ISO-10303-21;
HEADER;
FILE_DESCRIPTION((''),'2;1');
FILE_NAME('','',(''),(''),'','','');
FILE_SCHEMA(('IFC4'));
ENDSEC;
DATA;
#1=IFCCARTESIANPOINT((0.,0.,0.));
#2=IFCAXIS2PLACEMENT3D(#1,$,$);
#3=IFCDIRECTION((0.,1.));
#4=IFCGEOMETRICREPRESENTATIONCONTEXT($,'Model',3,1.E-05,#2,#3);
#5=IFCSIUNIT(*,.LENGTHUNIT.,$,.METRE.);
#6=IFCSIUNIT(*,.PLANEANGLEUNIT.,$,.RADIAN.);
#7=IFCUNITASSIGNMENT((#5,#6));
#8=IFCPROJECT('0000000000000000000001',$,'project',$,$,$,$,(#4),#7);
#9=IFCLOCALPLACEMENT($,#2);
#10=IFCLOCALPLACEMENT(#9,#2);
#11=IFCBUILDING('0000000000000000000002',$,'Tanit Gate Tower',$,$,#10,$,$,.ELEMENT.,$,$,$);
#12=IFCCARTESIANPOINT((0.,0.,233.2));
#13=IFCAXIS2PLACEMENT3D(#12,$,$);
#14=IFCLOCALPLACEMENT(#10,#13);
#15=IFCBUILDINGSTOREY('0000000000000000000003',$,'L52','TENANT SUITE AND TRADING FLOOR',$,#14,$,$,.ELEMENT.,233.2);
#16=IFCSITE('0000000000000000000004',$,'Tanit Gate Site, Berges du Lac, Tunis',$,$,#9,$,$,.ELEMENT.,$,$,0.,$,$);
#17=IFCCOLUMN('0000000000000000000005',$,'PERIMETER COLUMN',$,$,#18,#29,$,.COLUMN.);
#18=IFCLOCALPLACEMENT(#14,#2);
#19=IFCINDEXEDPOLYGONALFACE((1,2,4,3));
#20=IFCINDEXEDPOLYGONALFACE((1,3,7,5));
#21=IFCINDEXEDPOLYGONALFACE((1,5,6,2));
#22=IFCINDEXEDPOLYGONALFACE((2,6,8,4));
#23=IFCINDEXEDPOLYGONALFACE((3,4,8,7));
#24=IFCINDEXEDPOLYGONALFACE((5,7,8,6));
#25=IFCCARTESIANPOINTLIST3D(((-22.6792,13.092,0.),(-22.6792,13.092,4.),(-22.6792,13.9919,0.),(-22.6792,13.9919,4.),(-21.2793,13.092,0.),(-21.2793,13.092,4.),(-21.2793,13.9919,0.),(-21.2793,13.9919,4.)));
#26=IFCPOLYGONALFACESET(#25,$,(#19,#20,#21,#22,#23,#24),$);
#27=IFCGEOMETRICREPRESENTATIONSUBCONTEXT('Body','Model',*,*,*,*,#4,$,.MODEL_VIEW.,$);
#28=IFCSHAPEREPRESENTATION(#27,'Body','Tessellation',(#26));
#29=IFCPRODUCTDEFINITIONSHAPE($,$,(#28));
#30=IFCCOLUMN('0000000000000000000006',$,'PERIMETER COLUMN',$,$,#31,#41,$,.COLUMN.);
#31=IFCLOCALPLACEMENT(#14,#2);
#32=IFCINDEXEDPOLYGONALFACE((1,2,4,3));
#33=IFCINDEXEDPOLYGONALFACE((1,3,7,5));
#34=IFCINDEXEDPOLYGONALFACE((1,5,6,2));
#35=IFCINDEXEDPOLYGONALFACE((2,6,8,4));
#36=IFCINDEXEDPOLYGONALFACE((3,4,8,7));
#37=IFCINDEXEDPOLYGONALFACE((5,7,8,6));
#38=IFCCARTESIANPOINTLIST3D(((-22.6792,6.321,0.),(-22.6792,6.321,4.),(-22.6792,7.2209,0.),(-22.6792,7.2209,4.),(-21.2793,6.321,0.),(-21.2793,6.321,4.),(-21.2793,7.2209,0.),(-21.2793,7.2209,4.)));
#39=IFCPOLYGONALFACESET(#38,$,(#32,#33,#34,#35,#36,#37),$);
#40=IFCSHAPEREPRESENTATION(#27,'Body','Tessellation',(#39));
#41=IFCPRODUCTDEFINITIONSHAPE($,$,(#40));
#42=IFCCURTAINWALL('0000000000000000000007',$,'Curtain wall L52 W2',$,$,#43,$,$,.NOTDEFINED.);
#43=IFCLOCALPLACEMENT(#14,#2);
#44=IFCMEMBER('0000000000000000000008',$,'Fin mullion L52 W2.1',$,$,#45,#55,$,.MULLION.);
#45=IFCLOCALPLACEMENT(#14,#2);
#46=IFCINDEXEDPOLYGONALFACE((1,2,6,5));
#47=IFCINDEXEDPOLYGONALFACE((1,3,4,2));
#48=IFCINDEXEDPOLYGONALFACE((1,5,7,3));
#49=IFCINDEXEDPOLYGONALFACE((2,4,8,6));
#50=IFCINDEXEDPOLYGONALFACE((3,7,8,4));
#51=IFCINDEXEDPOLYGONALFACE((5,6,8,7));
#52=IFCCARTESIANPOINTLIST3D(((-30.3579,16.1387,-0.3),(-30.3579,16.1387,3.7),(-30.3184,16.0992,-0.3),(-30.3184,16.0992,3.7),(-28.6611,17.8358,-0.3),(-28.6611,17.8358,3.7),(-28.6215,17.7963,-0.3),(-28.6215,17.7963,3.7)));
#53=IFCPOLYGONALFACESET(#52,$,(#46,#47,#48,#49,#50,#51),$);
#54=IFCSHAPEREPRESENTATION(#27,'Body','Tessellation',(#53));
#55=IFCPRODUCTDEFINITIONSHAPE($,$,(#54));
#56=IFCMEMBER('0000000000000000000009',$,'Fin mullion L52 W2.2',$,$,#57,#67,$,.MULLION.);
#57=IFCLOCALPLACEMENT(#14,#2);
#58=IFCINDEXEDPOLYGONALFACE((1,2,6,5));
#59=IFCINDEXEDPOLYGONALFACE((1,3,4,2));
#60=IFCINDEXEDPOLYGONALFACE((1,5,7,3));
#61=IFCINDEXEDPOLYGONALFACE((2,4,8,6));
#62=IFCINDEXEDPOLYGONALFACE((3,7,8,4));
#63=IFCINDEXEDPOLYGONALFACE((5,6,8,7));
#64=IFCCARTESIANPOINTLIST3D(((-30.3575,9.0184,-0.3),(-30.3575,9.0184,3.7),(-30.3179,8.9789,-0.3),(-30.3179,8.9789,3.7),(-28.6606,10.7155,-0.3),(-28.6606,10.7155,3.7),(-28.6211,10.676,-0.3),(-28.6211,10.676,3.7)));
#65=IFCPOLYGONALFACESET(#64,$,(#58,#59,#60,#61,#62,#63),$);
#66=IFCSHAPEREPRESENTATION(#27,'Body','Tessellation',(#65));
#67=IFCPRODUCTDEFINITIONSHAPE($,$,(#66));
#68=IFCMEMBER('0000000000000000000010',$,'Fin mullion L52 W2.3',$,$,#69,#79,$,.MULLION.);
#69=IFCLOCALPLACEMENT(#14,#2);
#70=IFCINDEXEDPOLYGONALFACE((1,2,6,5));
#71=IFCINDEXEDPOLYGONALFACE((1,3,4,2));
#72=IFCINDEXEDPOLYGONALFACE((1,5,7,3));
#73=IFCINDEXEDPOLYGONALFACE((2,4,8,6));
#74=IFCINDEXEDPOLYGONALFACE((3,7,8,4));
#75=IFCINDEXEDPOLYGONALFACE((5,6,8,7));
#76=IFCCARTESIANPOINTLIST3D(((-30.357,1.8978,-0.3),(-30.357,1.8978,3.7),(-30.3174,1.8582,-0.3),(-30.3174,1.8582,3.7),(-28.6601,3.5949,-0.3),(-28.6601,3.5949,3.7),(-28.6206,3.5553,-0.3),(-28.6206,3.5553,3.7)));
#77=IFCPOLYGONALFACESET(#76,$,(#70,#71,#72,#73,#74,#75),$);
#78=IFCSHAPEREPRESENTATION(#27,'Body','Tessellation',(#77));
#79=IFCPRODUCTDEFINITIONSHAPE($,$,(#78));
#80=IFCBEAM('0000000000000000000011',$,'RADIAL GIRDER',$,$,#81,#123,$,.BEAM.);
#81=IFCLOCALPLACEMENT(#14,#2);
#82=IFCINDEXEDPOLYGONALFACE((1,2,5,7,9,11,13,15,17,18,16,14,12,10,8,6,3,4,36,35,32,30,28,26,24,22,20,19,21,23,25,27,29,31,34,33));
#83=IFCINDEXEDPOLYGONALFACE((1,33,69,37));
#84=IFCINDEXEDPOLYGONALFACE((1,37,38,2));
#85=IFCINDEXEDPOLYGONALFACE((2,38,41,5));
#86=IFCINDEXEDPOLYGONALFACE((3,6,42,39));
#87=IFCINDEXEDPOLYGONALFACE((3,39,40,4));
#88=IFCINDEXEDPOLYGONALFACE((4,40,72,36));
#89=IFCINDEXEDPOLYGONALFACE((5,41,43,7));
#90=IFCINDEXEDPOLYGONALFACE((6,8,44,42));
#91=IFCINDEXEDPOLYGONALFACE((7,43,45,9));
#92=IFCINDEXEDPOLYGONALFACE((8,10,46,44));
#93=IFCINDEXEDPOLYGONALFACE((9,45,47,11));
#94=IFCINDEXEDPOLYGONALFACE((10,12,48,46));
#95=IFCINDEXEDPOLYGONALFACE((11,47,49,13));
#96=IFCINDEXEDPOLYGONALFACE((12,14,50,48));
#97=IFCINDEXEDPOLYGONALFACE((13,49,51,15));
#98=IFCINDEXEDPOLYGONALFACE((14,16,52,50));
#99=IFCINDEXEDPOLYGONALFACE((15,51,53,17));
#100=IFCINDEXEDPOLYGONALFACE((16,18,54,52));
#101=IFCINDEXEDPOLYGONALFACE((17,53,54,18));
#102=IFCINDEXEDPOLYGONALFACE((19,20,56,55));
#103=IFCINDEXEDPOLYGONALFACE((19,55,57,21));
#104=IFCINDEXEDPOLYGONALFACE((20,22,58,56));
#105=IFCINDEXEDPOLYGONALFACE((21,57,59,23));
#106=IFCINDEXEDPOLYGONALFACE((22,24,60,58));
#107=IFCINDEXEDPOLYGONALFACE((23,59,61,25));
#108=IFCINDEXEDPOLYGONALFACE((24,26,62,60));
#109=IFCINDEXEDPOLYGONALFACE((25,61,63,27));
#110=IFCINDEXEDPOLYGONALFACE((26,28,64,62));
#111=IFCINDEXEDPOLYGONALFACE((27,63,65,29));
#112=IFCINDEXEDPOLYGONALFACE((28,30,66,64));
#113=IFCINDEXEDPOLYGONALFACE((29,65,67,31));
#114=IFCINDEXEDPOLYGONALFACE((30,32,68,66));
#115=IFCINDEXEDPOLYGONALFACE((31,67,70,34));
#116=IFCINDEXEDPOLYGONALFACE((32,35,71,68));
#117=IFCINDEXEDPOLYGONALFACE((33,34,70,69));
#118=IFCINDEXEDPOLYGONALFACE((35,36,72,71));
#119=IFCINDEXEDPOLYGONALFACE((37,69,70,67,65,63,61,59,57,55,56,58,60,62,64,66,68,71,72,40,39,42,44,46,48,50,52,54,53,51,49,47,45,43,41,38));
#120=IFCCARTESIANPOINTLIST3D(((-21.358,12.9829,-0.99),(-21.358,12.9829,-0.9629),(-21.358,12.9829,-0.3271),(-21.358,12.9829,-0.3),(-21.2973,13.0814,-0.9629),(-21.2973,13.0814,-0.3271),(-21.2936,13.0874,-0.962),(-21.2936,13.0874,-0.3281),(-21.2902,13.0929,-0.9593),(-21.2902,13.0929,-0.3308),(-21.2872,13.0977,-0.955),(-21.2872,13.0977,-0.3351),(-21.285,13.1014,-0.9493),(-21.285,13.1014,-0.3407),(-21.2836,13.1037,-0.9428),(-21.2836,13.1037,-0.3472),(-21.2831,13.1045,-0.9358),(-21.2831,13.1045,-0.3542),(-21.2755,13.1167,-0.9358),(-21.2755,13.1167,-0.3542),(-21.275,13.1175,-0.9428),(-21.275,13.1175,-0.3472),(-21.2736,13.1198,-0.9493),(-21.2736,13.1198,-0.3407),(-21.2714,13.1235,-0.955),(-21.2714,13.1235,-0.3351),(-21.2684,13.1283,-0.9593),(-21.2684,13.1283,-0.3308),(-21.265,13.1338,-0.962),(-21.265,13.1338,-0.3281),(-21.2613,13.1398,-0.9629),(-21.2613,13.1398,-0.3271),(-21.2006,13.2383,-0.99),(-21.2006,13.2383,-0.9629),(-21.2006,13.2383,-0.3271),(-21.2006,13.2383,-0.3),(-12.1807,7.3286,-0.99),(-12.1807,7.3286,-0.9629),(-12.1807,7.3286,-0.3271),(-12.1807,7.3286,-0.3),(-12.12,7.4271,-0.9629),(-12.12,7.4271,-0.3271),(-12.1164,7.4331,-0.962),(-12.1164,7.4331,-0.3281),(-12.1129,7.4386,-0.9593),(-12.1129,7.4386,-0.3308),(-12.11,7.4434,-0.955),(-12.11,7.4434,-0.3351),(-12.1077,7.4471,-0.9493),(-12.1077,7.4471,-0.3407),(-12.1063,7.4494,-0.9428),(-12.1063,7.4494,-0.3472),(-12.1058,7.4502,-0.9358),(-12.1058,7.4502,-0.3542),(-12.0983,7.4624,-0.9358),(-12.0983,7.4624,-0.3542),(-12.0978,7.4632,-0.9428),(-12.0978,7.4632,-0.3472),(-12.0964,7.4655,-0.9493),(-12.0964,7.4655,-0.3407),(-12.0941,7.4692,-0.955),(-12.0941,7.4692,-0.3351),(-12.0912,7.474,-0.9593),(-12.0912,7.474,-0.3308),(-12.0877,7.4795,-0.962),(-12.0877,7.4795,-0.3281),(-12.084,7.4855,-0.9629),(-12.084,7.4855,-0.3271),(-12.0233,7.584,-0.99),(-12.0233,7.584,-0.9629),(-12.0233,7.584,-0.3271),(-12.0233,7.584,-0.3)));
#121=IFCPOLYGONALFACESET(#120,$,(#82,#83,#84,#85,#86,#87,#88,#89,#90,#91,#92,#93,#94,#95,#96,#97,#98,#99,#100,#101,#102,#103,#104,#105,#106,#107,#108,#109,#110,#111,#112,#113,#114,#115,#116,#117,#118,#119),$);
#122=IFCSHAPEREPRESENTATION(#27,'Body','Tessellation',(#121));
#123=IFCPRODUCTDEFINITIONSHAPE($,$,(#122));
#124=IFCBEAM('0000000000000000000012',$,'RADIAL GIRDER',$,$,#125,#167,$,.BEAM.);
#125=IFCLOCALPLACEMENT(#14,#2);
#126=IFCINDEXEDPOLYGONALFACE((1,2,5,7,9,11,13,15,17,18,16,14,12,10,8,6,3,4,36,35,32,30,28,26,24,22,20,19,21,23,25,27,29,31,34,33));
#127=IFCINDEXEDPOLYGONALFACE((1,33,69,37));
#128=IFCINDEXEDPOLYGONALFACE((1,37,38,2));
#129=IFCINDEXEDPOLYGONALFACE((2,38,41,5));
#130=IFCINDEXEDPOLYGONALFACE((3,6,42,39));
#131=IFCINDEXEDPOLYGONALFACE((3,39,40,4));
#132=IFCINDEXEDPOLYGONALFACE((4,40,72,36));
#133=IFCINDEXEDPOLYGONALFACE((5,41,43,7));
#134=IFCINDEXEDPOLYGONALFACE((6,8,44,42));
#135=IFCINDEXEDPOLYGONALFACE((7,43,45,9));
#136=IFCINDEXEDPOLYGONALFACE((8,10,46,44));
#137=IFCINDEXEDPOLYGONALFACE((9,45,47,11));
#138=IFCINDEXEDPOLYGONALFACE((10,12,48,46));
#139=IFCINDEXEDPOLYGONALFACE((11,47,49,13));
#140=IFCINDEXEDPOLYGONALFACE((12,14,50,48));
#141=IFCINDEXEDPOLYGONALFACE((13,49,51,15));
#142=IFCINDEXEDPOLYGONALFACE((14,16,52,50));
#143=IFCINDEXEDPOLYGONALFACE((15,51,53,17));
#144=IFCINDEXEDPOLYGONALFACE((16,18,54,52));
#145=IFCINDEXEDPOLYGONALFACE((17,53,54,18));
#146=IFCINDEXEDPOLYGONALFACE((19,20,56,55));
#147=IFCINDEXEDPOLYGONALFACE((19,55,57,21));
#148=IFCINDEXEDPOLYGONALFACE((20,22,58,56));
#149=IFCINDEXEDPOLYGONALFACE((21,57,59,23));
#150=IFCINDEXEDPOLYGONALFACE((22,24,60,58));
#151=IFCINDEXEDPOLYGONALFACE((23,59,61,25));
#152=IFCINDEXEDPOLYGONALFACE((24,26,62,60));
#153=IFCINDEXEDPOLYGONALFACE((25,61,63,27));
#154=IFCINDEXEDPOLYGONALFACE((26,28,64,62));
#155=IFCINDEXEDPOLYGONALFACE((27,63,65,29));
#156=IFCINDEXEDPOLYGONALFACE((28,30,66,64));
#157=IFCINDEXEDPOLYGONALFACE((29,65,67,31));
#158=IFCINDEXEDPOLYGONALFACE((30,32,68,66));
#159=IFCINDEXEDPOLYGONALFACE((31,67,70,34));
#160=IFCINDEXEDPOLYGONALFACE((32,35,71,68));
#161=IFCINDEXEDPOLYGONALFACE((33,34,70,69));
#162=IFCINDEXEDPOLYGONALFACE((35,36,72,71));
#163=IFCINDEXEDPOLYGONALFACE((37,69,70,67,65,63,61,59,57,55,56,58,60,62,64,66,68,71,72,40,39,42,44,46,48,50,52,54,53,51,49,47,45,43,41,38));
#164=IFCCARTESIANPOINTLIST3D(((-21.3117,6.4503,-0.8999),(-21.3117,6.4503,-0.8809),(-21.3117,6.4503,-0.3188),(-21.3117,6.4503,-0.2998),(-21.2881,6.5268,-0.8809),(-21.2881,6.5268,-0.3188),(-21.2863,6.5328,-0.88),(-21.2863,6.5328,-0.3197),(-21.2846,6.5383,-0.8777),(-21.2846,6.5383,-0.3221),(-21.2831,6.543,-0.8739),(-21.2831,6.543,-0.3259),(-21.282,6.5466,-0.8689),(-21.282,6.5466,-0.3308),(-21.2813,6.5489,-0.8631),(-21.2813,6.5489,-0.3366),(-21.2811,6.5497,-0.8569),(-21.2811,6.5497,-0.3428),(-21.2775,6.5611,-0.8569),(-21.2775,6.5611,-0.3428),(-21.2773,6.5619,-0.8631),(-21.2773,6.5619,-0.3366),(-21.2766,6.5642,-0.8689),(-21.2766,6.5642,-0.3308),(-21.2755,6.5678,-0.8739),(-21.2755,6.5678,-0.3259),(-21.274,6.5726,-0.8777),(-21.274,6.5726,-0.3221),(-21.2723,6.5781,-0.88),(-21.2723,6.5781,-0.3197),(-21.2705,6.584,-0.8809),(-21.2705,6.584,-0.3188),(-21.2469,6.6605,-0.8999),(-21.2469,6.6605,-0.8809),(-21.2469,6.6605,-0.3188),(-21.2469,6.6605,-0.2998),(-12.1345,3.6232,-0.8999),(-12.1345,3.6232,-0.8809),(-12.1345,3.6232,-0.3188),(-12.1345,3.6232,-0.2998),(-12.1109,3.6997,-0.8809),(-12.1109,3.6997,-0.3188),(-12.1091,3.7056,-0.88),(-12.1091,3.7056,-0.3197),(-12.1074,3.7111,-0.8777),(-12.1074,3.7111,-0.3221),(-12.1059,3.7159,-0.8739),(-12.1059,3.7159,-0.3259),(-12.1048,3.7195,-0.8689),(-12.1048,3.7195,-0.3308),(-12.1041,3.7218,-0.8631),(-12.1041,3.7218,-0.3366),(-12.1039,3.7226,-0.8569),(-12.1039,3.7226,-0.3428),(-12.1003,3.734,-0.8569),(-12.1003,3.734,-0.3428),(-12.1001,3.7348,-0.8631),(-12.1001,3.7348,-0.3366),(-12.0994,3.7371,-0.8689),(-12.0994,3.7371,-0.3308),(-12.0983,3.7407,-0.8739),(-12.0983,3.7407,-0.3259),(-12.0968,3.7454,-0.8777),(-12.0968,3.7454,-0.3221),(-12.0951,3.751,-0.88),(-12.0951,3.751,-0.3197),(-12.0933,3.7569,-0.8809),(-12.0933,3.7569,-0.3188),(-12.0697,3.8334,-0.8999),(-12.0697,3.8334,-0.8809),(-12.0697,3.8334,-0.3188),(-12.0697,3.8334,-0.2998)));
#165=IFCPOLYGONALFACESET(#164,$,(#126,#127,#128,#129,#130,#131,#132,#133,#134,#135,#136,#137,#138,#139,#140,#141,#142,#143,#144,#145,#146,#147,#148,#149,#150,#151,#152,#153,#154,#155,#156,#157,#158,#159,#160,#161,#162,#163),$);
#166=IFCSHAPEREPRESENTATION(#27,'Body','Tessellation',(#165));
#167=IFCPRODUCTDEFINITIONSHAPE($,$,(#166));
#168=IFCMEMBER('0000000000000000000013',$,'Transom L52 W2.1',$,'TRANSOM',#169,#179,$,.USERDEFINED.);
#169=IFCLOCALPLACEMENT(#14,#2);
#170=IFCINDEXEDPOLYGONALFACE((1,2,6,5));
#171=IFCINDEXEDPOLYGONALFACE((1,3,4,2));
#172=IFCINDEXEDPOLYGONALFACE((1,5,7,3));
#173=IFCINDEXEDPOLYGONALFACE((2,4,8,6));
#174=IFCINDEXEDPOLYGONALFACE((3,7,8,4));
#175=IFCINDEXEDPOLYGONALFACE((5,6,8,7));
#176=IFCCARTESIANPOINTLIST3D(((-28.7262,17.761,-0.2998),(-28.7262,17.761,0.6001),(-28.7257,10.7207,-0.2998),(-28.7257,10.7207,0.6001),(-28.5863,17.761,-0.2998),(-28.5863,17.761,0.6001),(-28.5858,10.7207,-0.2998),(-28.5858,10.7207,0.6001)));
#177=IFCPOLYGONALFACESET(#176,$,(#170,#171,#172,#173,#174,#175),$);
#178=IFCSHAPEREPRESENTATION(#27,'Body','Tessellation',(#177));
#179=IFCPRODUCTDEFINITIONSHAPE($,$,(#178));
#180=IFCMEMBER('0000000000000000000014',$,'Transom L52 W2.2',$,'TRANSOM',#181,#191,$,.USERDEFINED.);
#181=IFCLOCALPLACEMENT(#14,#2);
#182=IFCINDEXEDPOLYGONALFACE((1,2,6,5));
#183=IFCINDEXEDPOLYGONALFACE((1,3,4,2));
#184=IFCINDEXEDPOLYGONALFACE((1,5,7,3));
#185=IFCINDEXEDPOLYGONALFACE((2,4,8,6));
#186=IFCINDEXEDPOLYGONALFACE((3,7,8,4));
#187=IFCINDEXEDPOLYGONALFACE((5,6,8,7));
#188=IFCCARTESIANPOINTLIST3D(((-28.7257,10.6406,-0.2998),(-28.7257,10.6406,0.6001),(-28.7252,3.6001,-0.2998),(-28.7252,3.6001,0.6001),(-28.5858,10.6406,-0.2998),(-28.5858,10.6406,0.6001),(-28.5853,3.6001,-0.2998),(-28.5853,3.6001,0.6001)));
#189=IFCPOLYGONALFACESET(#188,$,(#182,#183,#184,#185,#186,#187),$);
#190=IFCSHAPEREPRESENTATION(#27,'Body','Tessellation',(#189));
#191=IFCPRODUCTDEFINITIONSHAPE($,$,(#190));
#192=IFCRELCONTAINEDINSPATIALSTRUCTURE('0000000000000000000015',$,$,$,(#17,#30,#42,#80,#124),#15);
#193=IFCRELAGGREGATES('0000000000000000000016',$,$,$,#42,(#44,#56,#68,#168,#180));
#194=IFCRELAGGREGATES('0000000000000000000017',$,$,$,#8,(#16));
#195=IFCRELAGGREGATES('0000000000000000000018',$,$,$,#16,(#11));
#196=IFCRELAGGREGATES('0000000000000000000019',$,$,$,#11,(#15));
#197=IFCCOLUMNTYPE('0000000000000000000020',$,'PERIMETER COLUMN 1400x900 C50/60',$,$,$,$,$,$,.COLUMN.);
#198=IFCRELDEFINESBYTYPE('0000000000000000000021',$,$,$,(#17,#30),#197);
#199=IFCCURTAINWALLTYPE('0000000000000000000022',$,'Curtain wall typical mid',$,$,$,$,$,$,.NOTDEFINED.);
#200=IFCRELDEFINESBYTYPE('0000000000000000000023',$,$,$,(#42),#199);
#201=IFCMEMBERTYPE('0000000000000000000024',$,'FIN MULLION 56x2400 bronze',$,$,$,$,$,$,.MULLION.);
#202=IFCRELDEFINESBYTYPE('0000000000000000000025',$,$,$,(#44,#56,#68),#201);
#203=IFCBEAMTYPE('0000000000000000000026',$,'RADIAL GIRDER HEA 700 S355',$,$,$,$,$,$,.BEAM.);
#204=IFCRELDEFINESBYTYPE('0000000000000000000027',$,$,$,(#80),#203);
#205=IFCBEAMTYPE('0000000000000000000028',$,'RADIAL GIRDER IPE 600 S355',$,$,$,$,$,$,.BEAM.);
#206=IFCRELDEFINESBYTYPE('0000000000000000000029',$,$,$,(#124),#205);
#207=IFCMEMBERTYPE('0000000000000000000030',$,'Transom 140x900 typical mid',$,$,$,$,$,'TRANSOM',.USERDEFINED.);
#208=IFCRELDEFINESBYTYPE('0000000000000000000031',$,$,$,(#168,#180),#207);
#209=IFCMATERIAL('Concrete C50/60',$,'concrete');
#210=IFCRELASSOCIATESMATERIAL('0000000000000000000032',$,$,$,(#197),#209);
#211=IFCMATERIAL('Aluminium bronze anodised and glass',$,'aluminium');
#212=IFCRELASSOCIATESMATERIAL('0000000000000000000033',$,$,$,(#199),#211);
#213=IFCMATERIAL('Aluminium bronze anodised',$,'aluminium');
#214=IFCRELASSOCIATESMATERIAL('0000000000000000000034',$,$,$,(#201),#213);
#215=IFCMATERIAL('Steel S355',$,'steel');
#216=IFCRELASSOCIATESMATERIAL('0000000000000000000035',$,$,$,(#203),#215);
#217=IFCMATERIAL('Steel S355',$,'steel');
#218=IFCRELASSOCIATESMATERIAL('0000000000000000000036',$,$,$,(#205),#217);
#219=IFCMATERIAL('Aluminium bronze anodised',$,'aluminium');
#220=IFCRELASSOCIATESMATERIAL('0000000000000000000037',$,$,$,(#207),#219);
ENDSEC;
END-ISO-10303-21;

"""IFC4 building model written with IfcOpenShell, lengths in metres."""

from ifc_helpers import new_model, si_unit, direction, frame, origin, origin_2d, place, context, subcontext, project, spatial, rectangle, i_section, extrude, material, material_profile, profile_set, type_object, element, aggregate, save


model = new_model("IFC4")

# Units and contexts
model_context = context("Model", 3, precision=1e-05, world=origin(), true_north=direction((0.0, 1.0)))
body_context = subcontext(model_context, "Body", "Model", "MODEL_VIEW")
ifc_project = project(units=[si_unit("LENGTHUNIT", "METRE"), si_unit("PLANEANGLEUNIT", "RADIAN")], contexts=[model_context])

# Site, building, storey
site_placement = place(None, origin())
site = spatial("IfcSite", under=ifc_project, at=site_placement, Name="Tanit Gate Site, Berges du Lac, Tunis", CompositionType="ELEMENT", RefElevation=0.0)
building_placement = place(site_placement, origin())
building = spatial("IfcBuilding", under=site, at=building_placement, Name="Tanit Gate Tower", CompositionType="ELEMENT")
storey_placement = place(building_placement, frame((0.0, 0.0, 233.2)))
storey = spatial("IfcBuildingStorey", under=building, at=storey_placement, Name="L52", Description="TENANT SUITE AND TRADING FLOOR", CompositionType="ELEMENT", Elevation=233.2)

# Columns
ifc_material_1 = material(Name="Concrete C50/60", Category="concrete")
ifc_material_profile_1 = material_profile(ifc_material_1, rectangle(XDim=1.3999, YDim=0.8999, at=origin_2d()), Name="RC 1400x900")
ifc_profile_set_1 = profile_set([ifc_material_profile_1], Name="Concrete C50/60")
column_type = type_object("IfcColumnType", Name="PERIMETER COLUMN 1400x900 C50/60", PredefinedType="COLUMN", material=ifc_profile_set_1)
for number, where, z_axis, x_axis, name in (
    (1, (-21.9792, 13.542, 0.0), (0.0, 0.0, 1.0), (-1.0, 0.0, 0.0), "PERIMETER COLUMN"),
    (2, (-21.9792, 6.771, 0.0), (0.0, 0.0, 1.0), (-1.0, 0.0, 0.0), "PERIMETER COLUMN"),
):
    element("IfcColumn", number, at=place(storey_placement, frame(where, z_axis=z_axis, x_axis=x_axis)), inside=storey, type_object=column_type, Name=name, PredefinedType="COLUMN", context=body_context, shape_type="SweptSolid", body=[
        extrude(rectangle(XDim=1.3999, YDim=0.8999, at=origin_2d()), origin(), (0.0, 0.0, 1.0), 4.0),
    ])

# Curtain wall, members
ifc_material_2 = material(Name="Aluminium bronze anodised and glass", Category="aluminium")
curtain_wall_type = type_object("IfcCurtainWallType", Name="Curtain wall typical mid", PredefinedType="NOTDEFINED", material=ifc_material_2)
curtain_wall_placement = place(storey_placement, origin())
curtain_wall = element("IfcCurtainWall", 3, at=curtain_wall_placement, inside=storey, type_object=curtain_wall_type, Name="Curtain wall L52 W2", PredefinedType="NOTDEFINED")
ifc_material_3 = material(Name="Aluminium bronze anodised", Category="aluminium")
ifc_material_profile_2 = material_profile(ifc_material_3, rectangle(XDim=2.3999, YDim=0.0559, at=origin_2d()), Name="56x2400 bronze fin mullion")
ifc_profile_set_2 = profile_set([ifc_material_profile_2], Name="Aluminium bronze anodised")
member_type_1 = type_object("IfcMemberType", Name="FIN MULLION 56x2400 bronze", PredefinedType="MULLION", material=ifc_profile_set_2)
member_1_placement = place(storey_placement, frame((-29.4897, 16.9675, -0.3), z_axis=(0.0, 0.0, 1.0), x_axis=(0.707058, 0.707156, 0.0)))
member_1 = element("IfcMember", 4, at=member_1_placement, type_object=member_type_1, Name="Fin mullion L52 W2.1", PredefinedType="MULLION", context=body_context, shape_type="SweptSolid", body=[
    extrude(rectangle(XDim=2.3999, YDim=0.0559, at=origin_2d()), origin(), (0.0, 0.0, 1.0), 4.0),
])
member_2_placement = place(storey_placement, frame((-29.4893, 9.8472, -0.3), z_axis=(0.0, 0.0, 1.0), x_axis=(0.707058, 0.707156, 0.0)))
member_2 = element("IfcMember", 5, at=member_2_placement, type_object=member_type_1, Name="Fin mullion L52 W2.2", PredefinedType="MULLION", context=body_context, shape_type="SweptSolid", body=[
    extrude(rectangle(XDim=2.3999, YDim=0.0559, at=origin_2d()), origin(), (0.0, 0.0, 1.0), 4.0),
])
member_3_placement = place(storey_placement, frame((-29.4888, 2.7266, -0.3), z_axis=(0.0, 0.0, 1.0), x_axis=(0.707058, 0.707156, 0.0)))
member_3 = element("IfcMember", 6, at=member_3_placement, type_object=member_type_1, Name="Fin mullion L52 W2.3", PredefinedType="MULLION", context=body_context, shape_type="SweptSolid", body=[
    extrude(rectangle(XDim=2.3999, YDim=0.0559, at=origin_2d()), origin(), (0.0, 0.0, 1.0), 4.0),
])

# Beams
ifc_material_4 = material(Name="Steel S355", Category="steel")
ifc_material_profile_3 = material_profile(ifc_material_4, i_section(OverallWidth=0.3, OverallDepth=0.6899, WebThickness=0.0144, FlangeThickness=0.0271, FilletRadius=0.0271, at=origin_2d()), Name="HEA 700")
ifc_profile_set_3 = profile_set([ifc_material_profile_3], Name="Steel S355")
beam_type_1 = type_object("IfcBeamType", Name="RADIAL GIRDER HEA 700 S355", PredefinedType="BEAM", material=ifc_profile_set_3)
beam_1_placement = place(storey_placement, frame((-21.2793, 13.1106, -0.645), z_axis=(0.851378, -0.524552, 0.0), x_axis=(0.524552, 0.851378, 0.0)))
element("IfcBeam", 7, at=beam_1_placement, inside=storey, type_object=beam_type_1, Name="RADIAL GIRDER", PredefinedType="BEAM", context=body_context, shape_type="SweptSolid", body=[
    extrude(i_section(OverallWidth=0.3, OverallDepth=0.6899, WebThickness=0.0144, FlangeThickness=0.0271, FilletRadius=0.0271, at=origin_2d()), origin(), (0.0, 0.0, 1.0), 10.7793),
])
ifc_material_5 = material(Name="Steel S355", Category="steel")
ifc_material_profile_4 = material_profile(ifc_material_5, i_section(OverallWidth=0.22, OverallDepth=0.6001, WebThickness=0.012, FlangeThickness=0.019, FilletRadius=0.0239, at=origin_2d()), Name="IPE 600")
ifc_profile_set_4 = profile_set([ifc_material_profile_4], Name="Steel S355")
beam_type_2 = type_object("IfcBeamType", Name="RADIAL GIRDER IPE 600 S355", PredefinedType="BEAM", material=ifc_profile_set_4)
beam_2_placement = place(storey_placement, frame((-21.2793, 6.5554, -0.5999), z_axis=(0.95568, -0.294407, 0.0), x_axis=(0.294407, 0.95568, 0.0)))
element("IfcBeam", 8, at=beam_2_placement, inside=storey, type_object=beam_type_2, Name="RADIAL GIRDER", PredefinedType="BEAM", context=body_context, shape_type="SweptSolid", body=[
    extrude(i_section(OverallWidth=0.22, OverallDepth=0.6001, WebThickness=0.012, FlangeThickness=0.019, FilletRadius=0.0239, at=origin_2d()), origin(), (0.0, 0.0, 1.0), 9.6028),
])

# Members
ifc_material_6 = material(Name="Aluminium bronze anodised", Category="aluminium")
ifc_material_profile_5 = material_profile(ifc_material_6, rectangle(XDim=0.1399, YDim=0.8999, at=origin_2d()), Name="140x900 bronze transom")
ifc_profile_set_5 = profile_set([ifc_material_profile_5], Name="Aluminium bronze anodised")
member_type_2 = type_object("IfcMemberType", Name="Transom 140x900 typical mid", ElementType="TRANSOM", PredefinedType="USERDEFINED", material=ifc_profile_set_5)
member_4_placement = place(storey_placement, frame((-28.6562, 17.761, 0.1501), z_axis=(0.000069, -1.0, 0.0), x_axis=(1.0, 0.000069, 0.0)))
member_4 = element("IfcMember", 9, at=member_4_placement, type_object=member_type_2, Name="Transom L52 W2.1", ObjectType="TRANSOM", PredefinedType="USERDEFINED", context=body_context, shape_type="SweptSolid", body=[
    extrude(rectangle(XDim=0.1399, YDim=0.8999, at=origin_2d()), origin(), (0.0, 0.0, 1.0), 7.0403),
])
member_5_placement = place(storey_placement, frame((-28.6558, 10.6406, 0.1501), z_axis=(0.000069, -1.0, 0.0), x_axis=(1.0, 0.000069, 0.0)))
member_5 = element("IfcMember", 10, at=member_5_placement, type_object=member_type_2, Name="Transom L52 W2.2", ObjectType="TRANSOM", PredefinedType="USERDEFINED", context=body_context, shape_type="SweptSolid", body=[
    extrude(rectangle(XDim=0.1399, YDim=0.8999, at=origin_2d()), origin(), (0.0, 0.0, 1.0), 7.0405),
])

aggregate(curtain_wall, [member_1, member_2, member_3, member_4, member_5])

save(model, "model.ifc")
